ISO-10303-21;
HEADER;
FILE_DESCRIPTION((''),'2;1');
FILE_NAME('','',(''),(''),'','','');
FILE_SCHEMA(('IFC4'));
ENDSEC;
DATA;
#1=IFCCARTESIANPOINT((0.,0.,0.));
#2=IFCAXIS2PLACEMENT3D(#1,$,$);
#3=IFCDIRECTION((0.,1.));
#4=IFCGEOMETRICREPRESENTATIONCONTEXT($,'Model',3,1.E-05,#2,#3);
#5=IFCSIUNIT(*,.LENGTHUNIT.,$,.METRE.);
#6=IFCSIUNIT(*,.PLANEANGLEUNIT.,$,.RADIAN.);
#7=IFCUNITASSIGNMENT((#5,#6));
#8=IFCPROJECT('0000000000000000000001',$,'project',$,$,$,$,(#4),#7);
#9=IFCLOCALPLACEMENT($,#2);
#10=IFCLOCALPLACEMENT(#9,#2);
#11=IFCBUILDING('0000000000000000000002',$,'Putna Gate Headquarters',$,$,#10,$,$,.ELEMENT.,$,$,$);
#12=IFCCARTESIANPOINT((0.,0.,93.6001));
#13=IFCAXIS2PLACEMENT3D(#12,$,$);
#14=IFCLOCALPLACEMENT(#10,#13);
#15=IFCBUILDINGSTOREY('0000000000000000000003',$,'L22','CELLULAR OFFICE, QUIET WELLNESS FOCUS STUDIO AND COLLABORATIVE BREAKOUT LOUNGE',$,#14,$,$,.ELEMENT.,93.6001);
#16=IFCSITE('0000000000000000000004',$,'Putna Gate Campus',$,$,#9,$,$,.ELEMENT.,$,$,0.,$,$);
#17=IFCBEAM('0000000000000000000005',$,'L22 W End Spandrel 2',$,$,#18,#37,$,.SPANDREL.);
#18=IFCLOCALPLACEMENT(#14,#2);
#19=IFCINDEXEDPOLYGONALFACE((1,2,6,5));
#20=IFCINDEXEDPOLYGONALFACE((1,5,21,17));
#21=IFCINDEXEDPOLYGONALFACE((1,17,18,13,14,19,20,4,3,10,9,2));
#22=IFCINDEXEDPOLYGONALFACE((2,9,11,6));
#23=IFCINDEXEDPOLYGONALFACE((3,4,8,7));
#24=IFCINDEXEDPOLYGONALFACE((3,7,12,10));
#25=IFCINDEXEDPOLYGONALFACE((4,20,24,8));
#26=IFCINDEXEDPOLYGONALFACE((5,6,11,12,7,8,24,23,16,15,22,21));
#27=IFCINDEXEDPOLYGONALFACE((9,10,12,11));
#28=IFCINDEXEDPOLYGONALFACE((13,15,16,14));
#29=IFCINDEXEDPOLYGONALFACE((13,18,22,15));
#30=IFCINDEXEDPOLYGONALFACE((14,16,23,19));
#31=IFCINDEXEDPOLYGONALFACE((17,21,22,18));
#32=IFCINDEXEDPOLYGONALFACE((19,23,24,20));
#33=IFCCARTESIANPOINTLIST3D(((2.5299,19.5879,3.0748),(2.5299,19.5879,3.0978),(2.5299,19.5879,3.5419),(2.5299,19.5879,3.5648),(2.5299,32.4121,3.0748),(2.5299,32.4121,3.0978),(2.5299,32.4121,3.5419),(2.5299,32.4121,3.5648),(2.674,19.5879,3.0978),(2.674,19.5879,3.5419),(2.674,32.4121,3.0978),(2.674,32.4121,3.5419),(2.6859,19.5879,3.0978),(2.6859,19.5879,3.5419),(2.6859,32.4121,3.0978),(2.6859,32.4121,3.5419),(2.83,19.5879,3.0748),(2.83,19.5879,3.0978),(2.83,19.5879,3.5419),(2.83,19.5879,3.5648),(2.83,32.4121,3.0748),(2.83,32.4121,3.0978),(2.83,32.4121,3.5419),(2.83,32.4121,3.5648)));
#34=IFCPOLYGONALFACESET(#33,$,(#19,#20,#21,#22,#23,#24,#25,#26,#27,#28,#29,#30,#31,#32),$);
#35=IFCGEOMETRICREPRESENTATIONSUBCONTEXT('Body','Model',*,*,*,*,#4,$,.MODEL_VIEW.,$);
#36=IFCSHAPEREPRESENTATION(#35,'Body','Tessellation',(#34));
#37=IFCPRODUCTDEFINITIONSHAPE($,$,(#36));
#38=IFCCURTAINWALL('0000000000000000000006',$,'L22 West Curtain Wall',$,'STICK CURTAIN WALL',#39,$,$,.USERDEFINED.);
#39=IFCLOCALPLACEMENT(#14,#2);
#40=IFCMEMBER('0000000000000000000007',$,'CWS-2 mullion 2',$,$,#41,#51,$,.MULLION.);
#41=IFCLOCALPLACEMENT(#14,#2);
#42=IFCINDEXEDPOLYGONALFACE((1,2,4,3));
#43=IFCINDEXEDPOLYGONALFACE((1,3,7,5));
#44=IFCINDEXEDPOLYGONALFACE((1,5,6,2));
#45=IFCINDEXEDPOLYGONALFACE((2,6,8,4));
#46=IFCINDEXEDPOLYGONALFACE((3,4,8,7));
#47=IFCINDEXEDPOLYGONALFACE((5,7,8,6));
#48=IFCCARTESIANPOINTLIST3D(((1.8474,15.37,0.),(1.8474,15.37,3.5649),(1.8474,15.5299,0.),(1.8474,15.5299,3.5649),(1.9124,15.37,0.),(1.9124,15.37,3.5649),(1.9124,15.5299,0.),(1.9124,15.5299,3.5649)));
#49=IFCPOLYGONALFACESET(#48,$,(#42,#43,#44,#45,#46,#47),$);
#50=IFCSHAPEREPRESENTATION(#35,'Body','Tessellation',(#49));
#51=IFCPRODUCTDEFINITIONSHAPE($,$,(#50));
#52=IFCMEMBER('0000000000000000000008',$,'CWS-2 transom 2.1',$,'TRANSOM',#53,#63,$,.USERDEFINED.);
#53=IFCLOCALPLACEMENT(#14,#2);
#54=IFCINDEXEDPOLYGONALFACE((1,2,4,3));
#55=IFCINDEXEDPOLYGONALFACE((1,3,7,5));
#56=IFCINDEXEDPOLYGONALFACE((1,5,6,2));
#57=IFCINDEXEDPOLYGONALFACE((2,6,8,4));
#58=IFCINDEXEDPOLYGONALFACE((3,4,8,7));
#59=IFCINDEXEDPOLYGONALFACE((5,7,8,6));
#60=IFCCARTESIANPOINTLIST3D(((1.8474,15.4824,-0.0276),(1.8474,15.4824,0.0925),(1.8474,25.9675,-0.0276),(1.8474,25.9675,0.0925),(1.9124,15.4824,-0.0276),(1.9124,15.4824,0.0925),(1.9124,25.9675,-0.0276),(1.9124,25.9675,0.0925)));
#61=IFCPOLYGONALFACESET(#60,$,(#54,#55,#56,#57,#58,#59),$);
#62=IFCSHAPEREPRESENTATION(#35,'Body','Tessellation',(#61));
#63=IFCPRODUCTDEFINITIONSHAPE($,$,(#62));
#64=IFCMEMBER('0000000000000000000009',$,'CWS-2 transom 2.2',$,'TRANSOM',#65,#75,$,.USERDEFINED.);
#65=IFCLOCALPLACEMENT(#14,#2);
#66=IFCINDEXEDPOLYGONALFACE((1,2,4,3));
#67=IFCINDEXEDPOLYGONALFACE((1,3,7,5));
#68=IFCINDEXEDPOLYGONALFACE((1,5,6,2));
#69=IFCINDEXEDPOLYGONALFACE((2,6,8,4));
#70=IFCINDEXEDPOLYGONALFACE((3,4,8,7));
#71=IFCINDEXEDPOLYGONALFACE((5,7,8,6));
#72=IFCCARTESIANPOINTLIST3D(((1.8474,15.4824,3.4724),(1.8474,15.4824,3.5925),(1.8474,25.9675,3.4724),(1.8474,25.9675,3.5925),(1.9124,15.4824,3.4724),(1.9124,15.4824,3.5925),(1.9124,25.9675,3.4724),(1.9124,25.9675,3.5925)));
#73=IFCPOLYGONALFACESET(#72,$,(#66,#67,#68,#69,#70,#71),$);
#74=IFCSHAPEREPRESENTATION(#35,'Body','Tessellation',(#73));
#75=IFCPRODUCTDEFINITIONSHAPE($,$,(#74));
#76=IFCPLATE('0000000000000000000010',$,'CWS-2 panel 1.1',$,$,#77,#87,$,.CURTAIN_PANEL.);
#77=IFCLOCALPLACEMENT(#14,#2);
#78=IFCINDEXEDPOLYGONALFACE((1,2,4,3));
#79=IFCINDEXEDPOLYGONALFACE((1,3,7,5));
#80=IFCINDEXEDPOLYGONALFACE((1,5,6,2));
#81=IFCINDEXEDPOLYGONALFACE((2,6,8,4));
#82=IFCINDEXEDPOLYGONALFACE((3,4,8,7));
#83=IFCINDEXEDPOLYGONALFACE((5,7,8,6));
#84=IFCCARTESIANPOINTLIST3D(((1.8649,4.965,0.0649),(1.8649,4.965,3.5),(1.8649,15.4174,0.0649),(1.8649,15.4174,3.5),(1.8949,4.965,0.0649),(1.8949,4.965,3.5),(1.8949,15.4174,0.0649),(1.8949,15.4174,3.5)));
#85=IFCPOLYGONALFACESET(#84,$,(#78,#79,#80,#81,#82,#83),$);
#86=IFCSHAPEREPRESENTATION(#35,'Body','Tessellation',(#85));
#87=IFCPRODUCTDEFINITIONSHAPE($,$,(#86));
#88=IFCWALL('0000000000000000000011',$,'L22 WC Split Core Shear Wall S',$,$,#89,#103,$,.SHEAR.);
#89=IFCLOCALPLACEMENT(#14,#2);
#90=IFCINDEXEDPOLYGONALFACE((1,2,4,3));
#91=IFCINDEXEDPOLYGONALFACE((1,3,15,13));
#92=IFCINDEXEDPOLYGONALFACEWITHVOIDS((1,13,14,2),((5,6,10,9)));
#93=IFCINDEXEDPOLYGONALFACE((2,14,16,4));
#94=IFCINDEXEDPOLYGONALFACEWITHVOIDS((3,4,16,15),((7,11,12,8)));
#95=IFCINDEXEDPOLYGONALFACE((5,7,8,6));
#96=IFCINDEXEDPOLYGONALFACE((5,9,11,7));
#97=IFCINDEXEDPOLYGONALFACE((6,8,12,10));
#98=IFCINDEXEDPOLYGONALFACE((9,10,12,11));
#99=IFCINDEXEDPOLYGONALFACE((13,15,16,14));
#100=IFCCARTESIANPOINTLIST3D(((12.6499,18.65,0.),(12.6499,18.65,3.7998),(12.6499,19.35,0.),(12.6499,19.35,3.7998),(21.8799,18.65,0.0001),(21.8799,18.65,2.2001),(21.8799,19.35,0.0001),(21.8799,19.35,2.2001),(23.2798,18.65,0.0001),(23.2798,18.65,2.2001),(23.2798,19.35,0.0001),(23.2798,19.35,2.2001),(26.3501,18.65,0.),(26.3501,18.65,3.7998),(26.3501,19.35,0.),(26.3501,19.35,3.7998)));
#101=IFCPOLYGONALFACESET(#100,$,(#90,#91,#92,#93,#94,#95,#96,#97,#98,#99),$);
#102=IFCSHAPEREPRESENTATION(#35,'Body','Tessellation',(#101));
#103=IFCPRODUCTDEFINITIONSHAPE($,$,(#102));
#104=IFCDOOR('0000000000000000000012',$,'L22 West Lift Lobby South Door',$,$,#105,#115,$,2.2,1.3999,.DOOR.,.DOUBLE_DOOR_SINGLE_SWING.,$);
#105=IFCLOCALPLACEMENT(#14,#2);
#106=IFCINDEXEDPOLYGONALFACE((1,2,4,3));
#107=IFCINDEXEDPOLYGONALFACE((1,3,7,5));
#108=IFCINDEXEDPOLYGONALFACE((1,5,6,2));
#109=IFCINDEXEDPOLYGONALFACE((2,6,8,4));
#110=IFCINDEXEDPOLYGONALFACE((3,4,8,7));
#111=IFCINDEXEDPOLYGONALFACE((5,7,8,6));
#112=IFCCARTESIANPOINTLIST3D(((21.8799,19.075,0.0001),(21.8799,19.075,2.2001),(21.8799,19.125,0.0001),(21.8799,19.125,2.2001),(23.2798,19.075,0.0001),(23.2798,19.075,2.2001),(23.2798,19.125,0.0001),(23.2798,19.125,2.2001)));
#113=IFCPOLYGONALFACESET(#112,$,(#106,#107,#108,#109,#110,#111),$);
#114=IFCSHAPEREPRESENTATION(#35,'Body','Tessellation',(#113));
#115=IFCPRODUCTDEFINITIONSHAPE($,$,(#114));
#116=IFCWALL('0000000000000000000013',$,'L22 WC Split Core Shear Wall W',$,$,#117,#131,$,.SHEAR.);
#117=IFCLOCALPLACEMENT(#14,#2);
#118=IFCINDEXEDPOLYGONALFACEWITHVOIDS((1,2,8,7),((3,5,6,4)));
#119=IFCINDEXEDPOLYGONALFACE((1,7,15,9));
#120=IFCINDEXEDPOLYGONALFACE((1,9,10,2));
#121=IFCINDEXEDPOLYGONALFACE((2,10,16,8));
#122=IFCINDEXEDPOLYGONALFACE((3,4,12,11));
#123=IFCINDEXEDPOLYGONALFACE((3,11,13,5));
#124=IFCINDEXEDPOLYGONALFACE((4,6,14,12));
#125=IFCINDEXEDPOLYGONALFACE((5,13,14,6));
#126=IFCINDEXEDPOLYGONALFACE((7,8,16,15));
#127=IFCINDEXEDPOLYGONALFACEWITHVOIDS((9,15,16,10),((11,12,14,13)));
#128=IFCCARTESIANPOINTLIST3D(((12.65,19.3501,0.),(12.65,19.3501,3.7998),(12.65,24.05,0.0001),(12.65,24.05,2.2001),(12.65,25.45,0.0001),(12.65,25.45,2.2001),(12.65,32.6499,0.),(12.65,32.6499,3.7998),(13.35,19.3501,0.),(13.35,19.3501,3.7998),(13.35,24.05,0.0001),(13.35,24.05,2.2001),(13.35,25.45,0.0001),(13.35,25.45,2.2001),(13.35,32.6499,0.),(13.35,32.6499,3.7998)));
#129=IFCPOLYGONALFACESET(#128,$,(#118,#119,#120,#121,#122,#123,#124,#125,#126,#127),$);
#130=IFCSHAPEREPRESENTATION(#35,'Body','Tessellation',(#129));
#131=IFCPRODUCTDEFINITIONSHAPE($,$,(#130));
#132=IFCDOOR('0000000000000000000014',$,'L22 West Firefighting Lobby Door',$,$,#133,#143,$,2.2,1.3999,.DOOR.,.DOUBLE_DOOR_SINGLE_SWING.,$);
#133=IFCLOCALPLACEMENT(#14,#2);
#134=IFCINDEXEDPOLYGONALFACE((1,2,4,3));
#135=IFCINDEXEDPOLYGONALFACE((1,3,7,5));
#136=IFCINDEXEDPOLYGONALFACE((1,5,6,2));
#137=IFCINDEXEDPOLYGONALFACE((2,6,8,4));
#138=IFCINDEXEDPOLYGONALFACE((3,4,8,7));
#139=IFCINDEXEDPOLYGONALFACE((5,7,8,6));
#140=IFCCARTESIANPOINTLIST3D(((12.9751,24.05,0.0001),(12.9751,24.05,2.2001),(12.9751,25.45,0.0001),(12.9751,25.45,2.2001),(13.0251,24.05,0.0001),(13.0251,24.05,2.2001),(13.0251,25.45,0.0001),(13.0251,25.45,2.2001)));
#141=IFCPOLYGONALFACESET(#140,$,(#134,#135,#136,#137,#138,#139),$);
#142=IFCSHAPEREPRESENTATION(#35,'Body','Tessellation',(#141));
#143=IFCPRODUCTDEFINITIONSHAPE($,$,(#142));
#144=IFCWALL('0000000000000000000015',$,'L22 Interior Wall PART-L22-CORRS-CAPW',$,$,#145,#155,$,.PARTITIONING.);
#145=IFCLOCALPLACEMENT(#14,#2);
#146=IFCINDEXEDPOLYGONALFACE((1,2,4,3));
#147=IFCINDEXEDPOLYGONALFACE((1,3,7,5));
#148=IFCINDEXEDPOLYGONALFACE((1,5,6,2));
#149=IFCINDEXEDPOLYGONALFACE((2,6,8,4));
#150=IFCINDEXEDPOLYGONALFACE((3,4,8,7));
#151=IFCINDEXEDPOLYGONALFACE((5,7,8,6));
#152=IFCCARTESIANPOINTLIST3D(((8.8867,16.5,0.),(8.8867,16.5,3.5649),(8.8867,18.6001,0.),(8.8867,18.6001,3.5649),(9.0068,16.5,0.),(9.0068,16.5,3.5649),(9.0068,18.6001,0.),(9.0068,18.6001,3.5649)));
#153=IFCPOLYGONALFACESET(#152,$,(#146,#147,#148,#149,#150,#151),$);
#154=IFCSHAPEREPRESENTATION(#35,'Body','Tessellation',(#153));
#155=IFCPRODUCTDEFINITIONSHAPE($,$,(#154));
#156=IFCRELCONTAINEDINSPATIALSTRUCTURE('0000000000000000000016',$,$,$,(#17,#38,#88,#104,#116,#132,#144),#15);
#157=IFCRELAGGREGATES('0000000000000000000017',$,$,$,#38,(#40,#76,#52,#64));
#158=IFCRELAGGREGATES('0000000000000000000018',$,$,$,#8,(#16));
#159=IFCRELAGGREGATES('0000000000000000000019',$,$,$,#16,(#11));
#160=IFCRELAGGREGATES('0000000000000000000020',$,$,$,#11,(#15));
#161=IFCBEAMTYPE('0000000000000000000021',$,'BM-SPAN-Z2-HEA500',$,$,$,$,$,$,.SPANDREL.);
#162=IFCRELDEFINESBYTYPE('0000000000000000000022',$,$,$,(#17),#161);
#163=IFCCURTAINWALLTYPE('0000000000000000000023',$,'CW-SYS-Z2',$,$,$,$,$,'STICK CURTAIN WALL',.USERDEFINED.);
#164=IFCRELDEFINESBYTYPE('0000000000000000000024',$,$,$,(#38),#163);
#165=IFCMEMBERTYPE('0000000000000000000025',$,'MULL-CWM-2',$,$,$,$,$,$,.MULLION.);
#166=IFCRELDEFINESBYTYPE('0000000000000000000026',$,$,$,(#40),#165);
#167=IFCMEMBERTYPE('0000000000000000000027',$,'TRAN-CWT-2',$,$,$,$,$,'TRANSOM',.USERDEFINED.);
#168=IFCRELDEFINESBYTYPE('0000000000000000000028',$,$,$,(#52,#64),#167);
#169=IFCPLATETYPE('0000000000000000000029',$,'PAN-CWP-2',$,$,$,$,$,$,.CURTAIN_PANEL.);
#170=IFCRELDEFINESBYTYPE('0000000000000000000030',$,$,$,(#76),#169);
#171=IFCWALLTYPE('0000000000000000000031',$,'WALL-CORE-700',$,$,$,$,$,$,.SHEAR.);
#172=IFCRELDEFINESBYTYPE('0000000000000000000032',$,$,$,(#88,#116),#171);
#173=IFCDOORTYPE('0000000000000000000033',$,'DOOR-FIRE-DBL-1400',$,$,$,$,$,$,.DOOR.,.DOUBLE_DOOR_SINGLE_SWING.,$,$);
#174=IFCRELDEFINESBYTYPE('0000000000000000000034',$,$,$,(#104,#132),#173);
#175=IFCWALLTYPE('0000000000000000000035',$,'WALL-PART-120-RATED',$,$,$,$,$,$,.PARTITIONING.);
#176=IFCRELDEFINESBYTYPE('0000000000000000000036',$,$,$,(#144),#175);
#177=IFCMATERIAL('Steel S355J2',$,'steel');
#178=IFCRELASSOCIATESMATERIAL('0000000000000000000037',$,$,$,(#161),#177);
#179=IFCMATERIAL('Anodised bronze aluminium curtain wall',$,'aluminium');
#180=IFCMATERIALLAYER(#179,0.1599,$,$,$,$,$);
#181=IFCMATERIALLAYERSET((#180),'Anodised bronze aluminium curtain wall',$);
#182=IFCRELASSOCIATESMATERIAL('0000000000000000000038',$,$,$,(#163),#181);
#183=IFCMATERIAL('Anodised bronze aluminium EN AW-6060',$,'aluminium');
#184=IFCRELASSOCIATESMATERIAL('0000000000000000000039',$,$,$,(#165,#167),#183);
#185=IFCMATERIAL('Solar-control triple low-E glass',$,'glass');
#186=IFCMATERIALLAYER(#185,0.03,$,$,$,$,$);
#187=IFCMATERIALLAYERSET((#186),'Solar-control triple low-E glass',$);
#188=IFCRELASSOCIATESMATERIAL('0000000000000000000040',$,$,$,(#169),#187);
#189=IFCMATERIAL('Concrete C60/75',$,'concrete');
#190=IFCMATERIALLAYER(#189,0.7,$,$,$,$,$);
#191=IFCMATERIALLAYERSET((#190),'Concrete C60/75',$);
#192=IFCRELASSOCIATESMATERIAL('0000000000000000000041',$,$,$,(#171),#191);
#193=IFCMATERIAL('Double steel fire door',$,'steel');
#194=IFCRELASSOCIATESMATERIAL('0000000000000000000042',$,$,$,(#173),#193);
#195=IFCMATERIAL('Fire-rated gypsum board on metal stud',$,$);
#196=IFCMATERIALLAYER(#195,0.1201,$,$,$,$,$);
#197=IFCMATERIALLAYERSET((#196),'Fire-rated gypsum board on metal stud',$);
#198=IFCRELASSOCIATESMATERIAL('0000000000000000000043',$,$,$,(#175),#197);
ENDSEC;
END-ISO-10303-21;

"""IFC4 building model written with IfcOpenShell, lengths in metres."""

from ifc_helpers import new_model, si_unit, direction, frame, frame_2d, origin, origin_2d, place, context, subcontext, project, spatial, rectangle, i_section, extrude, material, layer, layer_set, material_profile, profile_set, type_object, element, fill, aggregate, save


model = new_model("IFC4")

# Units and contexts
model_context = context("Model", 3, precision=1e-05, world=origin(), true_north=direction((0.0, 1.0)))
body_context = subcontext(model_context, "Body", "Model", "MODEL_VIEW")
ifc_project = project(units=[si_unit("LENGTHUNIT", "METRE"), si_unit("PLANEANGLEUNIT", "RADIAN")], contexts=[model_context])

# Site, building, storey
site_placement = place(None, origin())
site = spatial("IfcSite", under=ifc_project, at=site_placement, Name="Putna Gate Campus", CompositionType="ELEMENT", RefElevation=0.0)
building_placement = place(site_placement, origin())
building = spatial("IfcBuilding", under=site, at=building_placement, Name="Putna Gate Headquarters", CompositionType="ELEMENT")
storey_placement = place(building_placement, frame((0.0, 0.0, 93.6001)))
storey = spatial("IfcBuildingStorey", under=building, at=storey_placement, Name="L22", Description="CELLULAR OFFICE, QUIET WELLNESS FOCUS STUDIO AND COLLABORATIVE BREAKOUT LOUNGE", CompositionType="ELEMENT", Elevation=93.6001)

# Shared definitions
ifc_material_1 = material(Name="Concrete C60/75", Category="concrete")

# Beam
ifc_material_2 = material(Name="Steel S355J2", Category="steel")
ifc_material_profile_1 = material_profile(ifc_material_2, i_section(OverallWidth=0.3, OverallDepth=0.49, WebThickness=0.012, FlangeThickness=0.0229, at=origin_2d()), Name="Steel S355J2")
ifc_profile_set_1 = profile_set([ifc_material_profile_1], Name="Steel S355J2")
beam_type_1 = type_object("IfcBeamType", Name="BM-SPAN-Z2-HEA500", PredefinedType="SPANDREL", material=ifc_profile_set_1)
beam_1_placement = place(storey_placement, frame((2.6799, 19.5879, 3.3198), z_axis=(0.0, 1.0, 0.0), x_axis=(-1.0, 0.0, 0.0)))
element("IfcBeam", 1, at=beam_1_placement, inside=storey, type_object=beam_type_1, Name="L22 W End Spandrel 2", PredefinedType="SPANDREL", context=body_context, shape_type="SweptSolid", body=[
    extrude(i_section(OverallWidth=0.3, OverallDepth=0.49, WebThickness=0.012, FlangeThickness=0.0229, at=origin_2d()), origin(), (0.0, 0.0, 1.0), 12.8242),
])

# Curtain wall, members, plate
ifc_material_3 = material(Name="Anodised bronze aluminium curtain wall", Category="aluminium")
ifc_layer_1 = layer(ifc_material_3, 0.1599)
ifc_layer_set_1 = layer_set([ifc_layer_1], Name="Anodised bronze aluminium curtain wall")
curtain_wall_type = type_object("IfcCurtainWallType", Name="CW-SYS-Z2", ElementType="STICK CURTAIN WALL", PredefinedType="USERDEFINED", material=ifc_layer_set_1)
curtain_wall_placement = place(storey_placement, origin())
curtain_wall = element("IfcCurtainWall", 2, at=curtain_wall_placement, inside=storey, type_object=curtain_wall_type, Name="L22 West Curtain Wall", ObjectType="STICK CURTAIN WALL", PredefinedType="USERDEFINED")
ifc_material_4 = material(Name="Anodised bronze aluminium EN AW-6060", Category="aluminium")
ifc_material_profile_2 = material_profile(ifc_material_4, rectangle(XDim=0.0649, YDim=0.1599, at=origin_2d()), Name="Anodised bronze aluminium EN AW-6060")
ifc_profile_set_2 = profile_set([ifc_material_profile_2], Name="Anodised bronze aluminium EN AW-6060")
member_type_1 = type_object("IfcMemberType", Name="MULL-CWM-2", PredefinedType="MULLION", material=ifc_profile_set_2)
member_1_placement = place(storey_placement, frame((1.8799, 15.45, 0.0), z_axis=(0.0, 0.0, 1.0), x_axis=(-1.0, 0.0, 0.0)))
member_1 = element("IfcMember", 3, at=member_1_placement, type_object=member_type_1, Name="CWS-2 mullion 2", PredefinedType="MULLION", context=body_context, shape_type="SweptSolid", body=[
    extrude(rectangle(XDim=0.0649, YDim=0.1599, at=origin_2d()), origin(), (0.0, 0.0, 1.0), 3.5649),
])
ifc_material_profile_3 = material_profile(ifc_material_4, rectangle(XDim=0.0649, YDim=0.1201, at=origin_2d()), Name="Anodised bronze aluminium EN AW-6060")
ifc_profile_set_3 = profile_set([ifc_material_profile_3], Name="Anodised bronze aluminium EN AW-6060")
member_type_2 = type_object("IfcMemberType", Name="TRAN-CWT-2", ElementType="TRANSOM", PredefinedType="USERDEFINED", material=ifc_profile_set_3)
member_2_placement = place(storey_placement, frame((1.8799, 15.4824, 0.0325), z_axis=(0.0, 1.0, 0.0), x_axis=(-1.0, 0.0, 0.0)))
member_2 = element("IfcMember", 4, at=member_2_placement, type_object=member_type_2, Name="CWS-2 transom 2.1", ObjectType="TRANSOM", PredefinedType="USERDEFINED", context=body_context, shape_type="SweptSolid", body=[
    extrude(rectangle(XDim=0.0649, YDim=0.1201, at=origin_2d()), origin(), (0.0, 0.0, 1.0), 10.4851),
])
member_3_placement = place(storey_placement, frame((1.8799, 15.4824, 3.5325), z_axis=(0.0, 1.0, 0.0), x_axis=(-1.0, 0.0, 0.0)))
member_3 = element("IfcMember", 5, at=member_3_placement, type_object=member_type_2, Name="CWS-2 transom 2.2", ObjectType="TRANSOM", PredefinedType="USERDEFINED", context=body_context, shape_type="SweptSolid", body=[
    extrude(rectangle(XDim=0.0649, YDim=0.1201, at=origin_2d()), origin(), (0.0, 0.0, 1.0), 10.4851),
])
ifc_material_5 = material(Name="Solar-control triple low-E glass", Category="glass")
ifc_layer_2 = layer(ifc_material_5, 0.03)
ifc_layer_set_2 = layer_set([ifc_layer_2], Name="Solar-control triple low-E glass")
plate_type = type_object("IfcPlateType", Name="PAN-CWP-2", PredefinedType="CURTAIN_PANEL", material=ifc_layer_set_2)
plate_placement = place(storey_placement, frame((1.8799, 10.1912, 0.0649), z_axis=(0.0, 0.0, 1.0), x_axis=(0.0, 1.0, 0.0)))
plate = element("IfcPlate", 6, at=plate_placement, type_object=plate_type, Name="CWS-2 panel 1.1", PredefinedType="CURTAIN_PANEL", context=body_context, shape_type="SweptSolid", body=[
    extrude(rectangle(XDim=10.4524, YDim=0.03, at=origin_2d()), origin(), (0.0, 0.0, 1.0), 3.4351),
])
aggregate(curtain_wall, [member_1, plate, member_2, member_3])

# Walls, openings, doors
ifc_layer_3 = layer(ifc_material_1, 0.7)
ifc_layer_set_3 = layer_set([ifc_layer_3], Name="Concrete C60/75")
wall_type_1 = type_object("IfcWallType", Name="WALL-CORE-700", PredefinedType="SHEAR", material=ifc_layer_set_3)
wall_1_placement = place(storey_placement, frame((12.6499, 19.0, 0.0), z_axis=(0.0, 0.0, 1.0), x_axis=(1.0, 0.0, 0.0)))
wall_1 = element("IfcWall", 7, at=wall_1_placement, inside=storey, type_object=wall_type_1, Name="L22 WC Split Core Shear Wall S", PredefinedType="SHEAR", context=body_context, shape_type="SweptSolid", body=[
    extrude(rectangle(XDim=13.7002, YDim=0.7, at=frame_2d((6.8501, 0.0))), origin(), (0.0, 0.0, 1.0), 3.7998),
])
opening_1_placement = place(wall_1_placement, frame((9.23, 0.0, 0.0)))
opening_1 = element("IfcOpeningElement", 8, at=opening_1_placement, cuts=wall_1, PredefinedType="OPENING", context=body_context, shape_type="SweptSolid", body=[
    extrude(rectangle(XDim=1.3999, YDim=2.2, at=frame_2d((0.7, 1.1001))), frame((0.0, 0.3599, 0.0), z_axis=(0.0, -1.0, 0.0), x_axis=(1.0, 0.0, 0.0)), (0.0, 0.0, 1.0), 0.72),
])
ifc_material_6 = material(Name="Double steel fire door", Category="steel")
door_type_1 = type_object("IfcDoorType", Name="DOOR-FIRE-DBL-1400", OperationType="DOUBLE_DOOR_SINGLE_SWING", PredefinedType="DOOR", material=ifc_material_6)
door_1_placement = place(opening_1_placement, origin())
door_1 = element("IfcDoor", 9, at=door_1_placement, inside=storey, type_object=door_type_1, Name="L22 West Lift Lobby South Door", OperationType="DOUBLE_DOOR_SINGLE_SWING", OverallHeight=2.2, OverallWidth=1.3999, PredefinedType="DOOR", context=body_context, shape_type="SweptSolid", body=[
    extrude(rectangle(XDim=1.3999, YDim=2.2, at=frame_2d((0.7, 1.1001))), frame((0.0, 0.125, 0.0), z_axis=(0.0, -1.0, 0.0), x_axis=(1.0, 0.0, 0.0)), (0.0, 0.0, 1.0), 0.05),
])
fill(opening_1, door_1)
wall_2_placement = place(storey_placement, frame((13.0, 19.3501, 0.0), z_axis=(0.0, 0.0, 1.0), x_axis=(0.0, 1.0, 0.0)))
wall_2 = element("IfcWall", 10, at=wall_2_placement, inside=storey, type_object=wall_type_1, Name="L22 WC Split Core Shear Wall W", PredefinedType="SHEAR", context=body_context, shape_type="SweptSolid", body=[
    extrude(rectangle(XDim=13.2998, YDim=0.7, at=frame_2d((6.6499, 0.0))), origin(), (0.0, 0.0, 1.0), 3.7998),
])
opening_2_placement = place(wall_2_placement, frame((4.7, 0.0, 0.0)))
opening_2 = element("IfcOpeningElement", 11, at=opening_2_placement, cuts=wall_2, PredefinedType="OPENING", context=body_context, shape_type="SweptSolid", body=[
    extrude(rectangle(XDim=1.3999, YDim=2.2, at=frame_2d((0.7, 1.1001))), frame((0.0, 0.3599, 0.0), z_axis=(0.0, -1.0, 0.0), x_axis=(1.0, 0.0, 0.0)), (0.0, 0.0, 1.0), 0.72),
])
door_2_placement = place(opening_2_placement, origin())
door_2 = element("IfcDoor", 12, at=door_2_placement, inside=storey, type_object=door_type_1, Name="L22 West Firefighting Lobby Door", OperationType="DOUBLE_DOOR_SINGLE_SWING", OverallHeight=2.2, OverallWidth=1.3999, PredefinedType="DOOR", context=body_context, shape_type="SweptSolid", body=[
    extrude(rectangle(XDim=1.3999, YDim=2.2, at=frame_2d((0.7, 1.1001))), frame((0.0, 0.0249, 0.0), z_axis=(0.0, -1.0, 0.0), x_axis=(1.0, 0.0, 0.0)), (0.0, 0.0, 1.0), 0.05),
])
fill(opening_2, door_2)

# Wall
ifc_material_7 = material(Name="Fire-rated gypsum board on metal stud")
ifc_layer_4 = layer(ifc_material_7, 0.1201)
ifc_layer_set_4 = layer_set([ifc_layer_4], Name="Fire-rated gypsum board on metal stud")
wall_type_2 = type_object("IfcWallType", Name="WALL-PART-120-RATED", PredefinedType="PARTITIONING", material=ifc_layer_set_4)
wall_3_placement = place(storey_placement, frame((8.9468, 16.5, 0.0), z_axis=(0.0, 0.0, 1.0), x_axis=(0.0, 1.0, 0.0)))
element("IfcWall", 13, at=wall_3_placement, inside=storey, type_object=wall_type_2, Name="L22 Interior Wall PART-L22-CORRS-CAPW", PredefinedType="PARTITIONING", context=body_context, shape_type="SweptSolid", body=[
    extrude(rectangle(XDim=2.1001, YDim=0.1201, at=frame_2d((1.05, 0.0))), origin(), (0.0, 0.0, 1.0), 3.5649),
])

save(model, "model.ifc")
